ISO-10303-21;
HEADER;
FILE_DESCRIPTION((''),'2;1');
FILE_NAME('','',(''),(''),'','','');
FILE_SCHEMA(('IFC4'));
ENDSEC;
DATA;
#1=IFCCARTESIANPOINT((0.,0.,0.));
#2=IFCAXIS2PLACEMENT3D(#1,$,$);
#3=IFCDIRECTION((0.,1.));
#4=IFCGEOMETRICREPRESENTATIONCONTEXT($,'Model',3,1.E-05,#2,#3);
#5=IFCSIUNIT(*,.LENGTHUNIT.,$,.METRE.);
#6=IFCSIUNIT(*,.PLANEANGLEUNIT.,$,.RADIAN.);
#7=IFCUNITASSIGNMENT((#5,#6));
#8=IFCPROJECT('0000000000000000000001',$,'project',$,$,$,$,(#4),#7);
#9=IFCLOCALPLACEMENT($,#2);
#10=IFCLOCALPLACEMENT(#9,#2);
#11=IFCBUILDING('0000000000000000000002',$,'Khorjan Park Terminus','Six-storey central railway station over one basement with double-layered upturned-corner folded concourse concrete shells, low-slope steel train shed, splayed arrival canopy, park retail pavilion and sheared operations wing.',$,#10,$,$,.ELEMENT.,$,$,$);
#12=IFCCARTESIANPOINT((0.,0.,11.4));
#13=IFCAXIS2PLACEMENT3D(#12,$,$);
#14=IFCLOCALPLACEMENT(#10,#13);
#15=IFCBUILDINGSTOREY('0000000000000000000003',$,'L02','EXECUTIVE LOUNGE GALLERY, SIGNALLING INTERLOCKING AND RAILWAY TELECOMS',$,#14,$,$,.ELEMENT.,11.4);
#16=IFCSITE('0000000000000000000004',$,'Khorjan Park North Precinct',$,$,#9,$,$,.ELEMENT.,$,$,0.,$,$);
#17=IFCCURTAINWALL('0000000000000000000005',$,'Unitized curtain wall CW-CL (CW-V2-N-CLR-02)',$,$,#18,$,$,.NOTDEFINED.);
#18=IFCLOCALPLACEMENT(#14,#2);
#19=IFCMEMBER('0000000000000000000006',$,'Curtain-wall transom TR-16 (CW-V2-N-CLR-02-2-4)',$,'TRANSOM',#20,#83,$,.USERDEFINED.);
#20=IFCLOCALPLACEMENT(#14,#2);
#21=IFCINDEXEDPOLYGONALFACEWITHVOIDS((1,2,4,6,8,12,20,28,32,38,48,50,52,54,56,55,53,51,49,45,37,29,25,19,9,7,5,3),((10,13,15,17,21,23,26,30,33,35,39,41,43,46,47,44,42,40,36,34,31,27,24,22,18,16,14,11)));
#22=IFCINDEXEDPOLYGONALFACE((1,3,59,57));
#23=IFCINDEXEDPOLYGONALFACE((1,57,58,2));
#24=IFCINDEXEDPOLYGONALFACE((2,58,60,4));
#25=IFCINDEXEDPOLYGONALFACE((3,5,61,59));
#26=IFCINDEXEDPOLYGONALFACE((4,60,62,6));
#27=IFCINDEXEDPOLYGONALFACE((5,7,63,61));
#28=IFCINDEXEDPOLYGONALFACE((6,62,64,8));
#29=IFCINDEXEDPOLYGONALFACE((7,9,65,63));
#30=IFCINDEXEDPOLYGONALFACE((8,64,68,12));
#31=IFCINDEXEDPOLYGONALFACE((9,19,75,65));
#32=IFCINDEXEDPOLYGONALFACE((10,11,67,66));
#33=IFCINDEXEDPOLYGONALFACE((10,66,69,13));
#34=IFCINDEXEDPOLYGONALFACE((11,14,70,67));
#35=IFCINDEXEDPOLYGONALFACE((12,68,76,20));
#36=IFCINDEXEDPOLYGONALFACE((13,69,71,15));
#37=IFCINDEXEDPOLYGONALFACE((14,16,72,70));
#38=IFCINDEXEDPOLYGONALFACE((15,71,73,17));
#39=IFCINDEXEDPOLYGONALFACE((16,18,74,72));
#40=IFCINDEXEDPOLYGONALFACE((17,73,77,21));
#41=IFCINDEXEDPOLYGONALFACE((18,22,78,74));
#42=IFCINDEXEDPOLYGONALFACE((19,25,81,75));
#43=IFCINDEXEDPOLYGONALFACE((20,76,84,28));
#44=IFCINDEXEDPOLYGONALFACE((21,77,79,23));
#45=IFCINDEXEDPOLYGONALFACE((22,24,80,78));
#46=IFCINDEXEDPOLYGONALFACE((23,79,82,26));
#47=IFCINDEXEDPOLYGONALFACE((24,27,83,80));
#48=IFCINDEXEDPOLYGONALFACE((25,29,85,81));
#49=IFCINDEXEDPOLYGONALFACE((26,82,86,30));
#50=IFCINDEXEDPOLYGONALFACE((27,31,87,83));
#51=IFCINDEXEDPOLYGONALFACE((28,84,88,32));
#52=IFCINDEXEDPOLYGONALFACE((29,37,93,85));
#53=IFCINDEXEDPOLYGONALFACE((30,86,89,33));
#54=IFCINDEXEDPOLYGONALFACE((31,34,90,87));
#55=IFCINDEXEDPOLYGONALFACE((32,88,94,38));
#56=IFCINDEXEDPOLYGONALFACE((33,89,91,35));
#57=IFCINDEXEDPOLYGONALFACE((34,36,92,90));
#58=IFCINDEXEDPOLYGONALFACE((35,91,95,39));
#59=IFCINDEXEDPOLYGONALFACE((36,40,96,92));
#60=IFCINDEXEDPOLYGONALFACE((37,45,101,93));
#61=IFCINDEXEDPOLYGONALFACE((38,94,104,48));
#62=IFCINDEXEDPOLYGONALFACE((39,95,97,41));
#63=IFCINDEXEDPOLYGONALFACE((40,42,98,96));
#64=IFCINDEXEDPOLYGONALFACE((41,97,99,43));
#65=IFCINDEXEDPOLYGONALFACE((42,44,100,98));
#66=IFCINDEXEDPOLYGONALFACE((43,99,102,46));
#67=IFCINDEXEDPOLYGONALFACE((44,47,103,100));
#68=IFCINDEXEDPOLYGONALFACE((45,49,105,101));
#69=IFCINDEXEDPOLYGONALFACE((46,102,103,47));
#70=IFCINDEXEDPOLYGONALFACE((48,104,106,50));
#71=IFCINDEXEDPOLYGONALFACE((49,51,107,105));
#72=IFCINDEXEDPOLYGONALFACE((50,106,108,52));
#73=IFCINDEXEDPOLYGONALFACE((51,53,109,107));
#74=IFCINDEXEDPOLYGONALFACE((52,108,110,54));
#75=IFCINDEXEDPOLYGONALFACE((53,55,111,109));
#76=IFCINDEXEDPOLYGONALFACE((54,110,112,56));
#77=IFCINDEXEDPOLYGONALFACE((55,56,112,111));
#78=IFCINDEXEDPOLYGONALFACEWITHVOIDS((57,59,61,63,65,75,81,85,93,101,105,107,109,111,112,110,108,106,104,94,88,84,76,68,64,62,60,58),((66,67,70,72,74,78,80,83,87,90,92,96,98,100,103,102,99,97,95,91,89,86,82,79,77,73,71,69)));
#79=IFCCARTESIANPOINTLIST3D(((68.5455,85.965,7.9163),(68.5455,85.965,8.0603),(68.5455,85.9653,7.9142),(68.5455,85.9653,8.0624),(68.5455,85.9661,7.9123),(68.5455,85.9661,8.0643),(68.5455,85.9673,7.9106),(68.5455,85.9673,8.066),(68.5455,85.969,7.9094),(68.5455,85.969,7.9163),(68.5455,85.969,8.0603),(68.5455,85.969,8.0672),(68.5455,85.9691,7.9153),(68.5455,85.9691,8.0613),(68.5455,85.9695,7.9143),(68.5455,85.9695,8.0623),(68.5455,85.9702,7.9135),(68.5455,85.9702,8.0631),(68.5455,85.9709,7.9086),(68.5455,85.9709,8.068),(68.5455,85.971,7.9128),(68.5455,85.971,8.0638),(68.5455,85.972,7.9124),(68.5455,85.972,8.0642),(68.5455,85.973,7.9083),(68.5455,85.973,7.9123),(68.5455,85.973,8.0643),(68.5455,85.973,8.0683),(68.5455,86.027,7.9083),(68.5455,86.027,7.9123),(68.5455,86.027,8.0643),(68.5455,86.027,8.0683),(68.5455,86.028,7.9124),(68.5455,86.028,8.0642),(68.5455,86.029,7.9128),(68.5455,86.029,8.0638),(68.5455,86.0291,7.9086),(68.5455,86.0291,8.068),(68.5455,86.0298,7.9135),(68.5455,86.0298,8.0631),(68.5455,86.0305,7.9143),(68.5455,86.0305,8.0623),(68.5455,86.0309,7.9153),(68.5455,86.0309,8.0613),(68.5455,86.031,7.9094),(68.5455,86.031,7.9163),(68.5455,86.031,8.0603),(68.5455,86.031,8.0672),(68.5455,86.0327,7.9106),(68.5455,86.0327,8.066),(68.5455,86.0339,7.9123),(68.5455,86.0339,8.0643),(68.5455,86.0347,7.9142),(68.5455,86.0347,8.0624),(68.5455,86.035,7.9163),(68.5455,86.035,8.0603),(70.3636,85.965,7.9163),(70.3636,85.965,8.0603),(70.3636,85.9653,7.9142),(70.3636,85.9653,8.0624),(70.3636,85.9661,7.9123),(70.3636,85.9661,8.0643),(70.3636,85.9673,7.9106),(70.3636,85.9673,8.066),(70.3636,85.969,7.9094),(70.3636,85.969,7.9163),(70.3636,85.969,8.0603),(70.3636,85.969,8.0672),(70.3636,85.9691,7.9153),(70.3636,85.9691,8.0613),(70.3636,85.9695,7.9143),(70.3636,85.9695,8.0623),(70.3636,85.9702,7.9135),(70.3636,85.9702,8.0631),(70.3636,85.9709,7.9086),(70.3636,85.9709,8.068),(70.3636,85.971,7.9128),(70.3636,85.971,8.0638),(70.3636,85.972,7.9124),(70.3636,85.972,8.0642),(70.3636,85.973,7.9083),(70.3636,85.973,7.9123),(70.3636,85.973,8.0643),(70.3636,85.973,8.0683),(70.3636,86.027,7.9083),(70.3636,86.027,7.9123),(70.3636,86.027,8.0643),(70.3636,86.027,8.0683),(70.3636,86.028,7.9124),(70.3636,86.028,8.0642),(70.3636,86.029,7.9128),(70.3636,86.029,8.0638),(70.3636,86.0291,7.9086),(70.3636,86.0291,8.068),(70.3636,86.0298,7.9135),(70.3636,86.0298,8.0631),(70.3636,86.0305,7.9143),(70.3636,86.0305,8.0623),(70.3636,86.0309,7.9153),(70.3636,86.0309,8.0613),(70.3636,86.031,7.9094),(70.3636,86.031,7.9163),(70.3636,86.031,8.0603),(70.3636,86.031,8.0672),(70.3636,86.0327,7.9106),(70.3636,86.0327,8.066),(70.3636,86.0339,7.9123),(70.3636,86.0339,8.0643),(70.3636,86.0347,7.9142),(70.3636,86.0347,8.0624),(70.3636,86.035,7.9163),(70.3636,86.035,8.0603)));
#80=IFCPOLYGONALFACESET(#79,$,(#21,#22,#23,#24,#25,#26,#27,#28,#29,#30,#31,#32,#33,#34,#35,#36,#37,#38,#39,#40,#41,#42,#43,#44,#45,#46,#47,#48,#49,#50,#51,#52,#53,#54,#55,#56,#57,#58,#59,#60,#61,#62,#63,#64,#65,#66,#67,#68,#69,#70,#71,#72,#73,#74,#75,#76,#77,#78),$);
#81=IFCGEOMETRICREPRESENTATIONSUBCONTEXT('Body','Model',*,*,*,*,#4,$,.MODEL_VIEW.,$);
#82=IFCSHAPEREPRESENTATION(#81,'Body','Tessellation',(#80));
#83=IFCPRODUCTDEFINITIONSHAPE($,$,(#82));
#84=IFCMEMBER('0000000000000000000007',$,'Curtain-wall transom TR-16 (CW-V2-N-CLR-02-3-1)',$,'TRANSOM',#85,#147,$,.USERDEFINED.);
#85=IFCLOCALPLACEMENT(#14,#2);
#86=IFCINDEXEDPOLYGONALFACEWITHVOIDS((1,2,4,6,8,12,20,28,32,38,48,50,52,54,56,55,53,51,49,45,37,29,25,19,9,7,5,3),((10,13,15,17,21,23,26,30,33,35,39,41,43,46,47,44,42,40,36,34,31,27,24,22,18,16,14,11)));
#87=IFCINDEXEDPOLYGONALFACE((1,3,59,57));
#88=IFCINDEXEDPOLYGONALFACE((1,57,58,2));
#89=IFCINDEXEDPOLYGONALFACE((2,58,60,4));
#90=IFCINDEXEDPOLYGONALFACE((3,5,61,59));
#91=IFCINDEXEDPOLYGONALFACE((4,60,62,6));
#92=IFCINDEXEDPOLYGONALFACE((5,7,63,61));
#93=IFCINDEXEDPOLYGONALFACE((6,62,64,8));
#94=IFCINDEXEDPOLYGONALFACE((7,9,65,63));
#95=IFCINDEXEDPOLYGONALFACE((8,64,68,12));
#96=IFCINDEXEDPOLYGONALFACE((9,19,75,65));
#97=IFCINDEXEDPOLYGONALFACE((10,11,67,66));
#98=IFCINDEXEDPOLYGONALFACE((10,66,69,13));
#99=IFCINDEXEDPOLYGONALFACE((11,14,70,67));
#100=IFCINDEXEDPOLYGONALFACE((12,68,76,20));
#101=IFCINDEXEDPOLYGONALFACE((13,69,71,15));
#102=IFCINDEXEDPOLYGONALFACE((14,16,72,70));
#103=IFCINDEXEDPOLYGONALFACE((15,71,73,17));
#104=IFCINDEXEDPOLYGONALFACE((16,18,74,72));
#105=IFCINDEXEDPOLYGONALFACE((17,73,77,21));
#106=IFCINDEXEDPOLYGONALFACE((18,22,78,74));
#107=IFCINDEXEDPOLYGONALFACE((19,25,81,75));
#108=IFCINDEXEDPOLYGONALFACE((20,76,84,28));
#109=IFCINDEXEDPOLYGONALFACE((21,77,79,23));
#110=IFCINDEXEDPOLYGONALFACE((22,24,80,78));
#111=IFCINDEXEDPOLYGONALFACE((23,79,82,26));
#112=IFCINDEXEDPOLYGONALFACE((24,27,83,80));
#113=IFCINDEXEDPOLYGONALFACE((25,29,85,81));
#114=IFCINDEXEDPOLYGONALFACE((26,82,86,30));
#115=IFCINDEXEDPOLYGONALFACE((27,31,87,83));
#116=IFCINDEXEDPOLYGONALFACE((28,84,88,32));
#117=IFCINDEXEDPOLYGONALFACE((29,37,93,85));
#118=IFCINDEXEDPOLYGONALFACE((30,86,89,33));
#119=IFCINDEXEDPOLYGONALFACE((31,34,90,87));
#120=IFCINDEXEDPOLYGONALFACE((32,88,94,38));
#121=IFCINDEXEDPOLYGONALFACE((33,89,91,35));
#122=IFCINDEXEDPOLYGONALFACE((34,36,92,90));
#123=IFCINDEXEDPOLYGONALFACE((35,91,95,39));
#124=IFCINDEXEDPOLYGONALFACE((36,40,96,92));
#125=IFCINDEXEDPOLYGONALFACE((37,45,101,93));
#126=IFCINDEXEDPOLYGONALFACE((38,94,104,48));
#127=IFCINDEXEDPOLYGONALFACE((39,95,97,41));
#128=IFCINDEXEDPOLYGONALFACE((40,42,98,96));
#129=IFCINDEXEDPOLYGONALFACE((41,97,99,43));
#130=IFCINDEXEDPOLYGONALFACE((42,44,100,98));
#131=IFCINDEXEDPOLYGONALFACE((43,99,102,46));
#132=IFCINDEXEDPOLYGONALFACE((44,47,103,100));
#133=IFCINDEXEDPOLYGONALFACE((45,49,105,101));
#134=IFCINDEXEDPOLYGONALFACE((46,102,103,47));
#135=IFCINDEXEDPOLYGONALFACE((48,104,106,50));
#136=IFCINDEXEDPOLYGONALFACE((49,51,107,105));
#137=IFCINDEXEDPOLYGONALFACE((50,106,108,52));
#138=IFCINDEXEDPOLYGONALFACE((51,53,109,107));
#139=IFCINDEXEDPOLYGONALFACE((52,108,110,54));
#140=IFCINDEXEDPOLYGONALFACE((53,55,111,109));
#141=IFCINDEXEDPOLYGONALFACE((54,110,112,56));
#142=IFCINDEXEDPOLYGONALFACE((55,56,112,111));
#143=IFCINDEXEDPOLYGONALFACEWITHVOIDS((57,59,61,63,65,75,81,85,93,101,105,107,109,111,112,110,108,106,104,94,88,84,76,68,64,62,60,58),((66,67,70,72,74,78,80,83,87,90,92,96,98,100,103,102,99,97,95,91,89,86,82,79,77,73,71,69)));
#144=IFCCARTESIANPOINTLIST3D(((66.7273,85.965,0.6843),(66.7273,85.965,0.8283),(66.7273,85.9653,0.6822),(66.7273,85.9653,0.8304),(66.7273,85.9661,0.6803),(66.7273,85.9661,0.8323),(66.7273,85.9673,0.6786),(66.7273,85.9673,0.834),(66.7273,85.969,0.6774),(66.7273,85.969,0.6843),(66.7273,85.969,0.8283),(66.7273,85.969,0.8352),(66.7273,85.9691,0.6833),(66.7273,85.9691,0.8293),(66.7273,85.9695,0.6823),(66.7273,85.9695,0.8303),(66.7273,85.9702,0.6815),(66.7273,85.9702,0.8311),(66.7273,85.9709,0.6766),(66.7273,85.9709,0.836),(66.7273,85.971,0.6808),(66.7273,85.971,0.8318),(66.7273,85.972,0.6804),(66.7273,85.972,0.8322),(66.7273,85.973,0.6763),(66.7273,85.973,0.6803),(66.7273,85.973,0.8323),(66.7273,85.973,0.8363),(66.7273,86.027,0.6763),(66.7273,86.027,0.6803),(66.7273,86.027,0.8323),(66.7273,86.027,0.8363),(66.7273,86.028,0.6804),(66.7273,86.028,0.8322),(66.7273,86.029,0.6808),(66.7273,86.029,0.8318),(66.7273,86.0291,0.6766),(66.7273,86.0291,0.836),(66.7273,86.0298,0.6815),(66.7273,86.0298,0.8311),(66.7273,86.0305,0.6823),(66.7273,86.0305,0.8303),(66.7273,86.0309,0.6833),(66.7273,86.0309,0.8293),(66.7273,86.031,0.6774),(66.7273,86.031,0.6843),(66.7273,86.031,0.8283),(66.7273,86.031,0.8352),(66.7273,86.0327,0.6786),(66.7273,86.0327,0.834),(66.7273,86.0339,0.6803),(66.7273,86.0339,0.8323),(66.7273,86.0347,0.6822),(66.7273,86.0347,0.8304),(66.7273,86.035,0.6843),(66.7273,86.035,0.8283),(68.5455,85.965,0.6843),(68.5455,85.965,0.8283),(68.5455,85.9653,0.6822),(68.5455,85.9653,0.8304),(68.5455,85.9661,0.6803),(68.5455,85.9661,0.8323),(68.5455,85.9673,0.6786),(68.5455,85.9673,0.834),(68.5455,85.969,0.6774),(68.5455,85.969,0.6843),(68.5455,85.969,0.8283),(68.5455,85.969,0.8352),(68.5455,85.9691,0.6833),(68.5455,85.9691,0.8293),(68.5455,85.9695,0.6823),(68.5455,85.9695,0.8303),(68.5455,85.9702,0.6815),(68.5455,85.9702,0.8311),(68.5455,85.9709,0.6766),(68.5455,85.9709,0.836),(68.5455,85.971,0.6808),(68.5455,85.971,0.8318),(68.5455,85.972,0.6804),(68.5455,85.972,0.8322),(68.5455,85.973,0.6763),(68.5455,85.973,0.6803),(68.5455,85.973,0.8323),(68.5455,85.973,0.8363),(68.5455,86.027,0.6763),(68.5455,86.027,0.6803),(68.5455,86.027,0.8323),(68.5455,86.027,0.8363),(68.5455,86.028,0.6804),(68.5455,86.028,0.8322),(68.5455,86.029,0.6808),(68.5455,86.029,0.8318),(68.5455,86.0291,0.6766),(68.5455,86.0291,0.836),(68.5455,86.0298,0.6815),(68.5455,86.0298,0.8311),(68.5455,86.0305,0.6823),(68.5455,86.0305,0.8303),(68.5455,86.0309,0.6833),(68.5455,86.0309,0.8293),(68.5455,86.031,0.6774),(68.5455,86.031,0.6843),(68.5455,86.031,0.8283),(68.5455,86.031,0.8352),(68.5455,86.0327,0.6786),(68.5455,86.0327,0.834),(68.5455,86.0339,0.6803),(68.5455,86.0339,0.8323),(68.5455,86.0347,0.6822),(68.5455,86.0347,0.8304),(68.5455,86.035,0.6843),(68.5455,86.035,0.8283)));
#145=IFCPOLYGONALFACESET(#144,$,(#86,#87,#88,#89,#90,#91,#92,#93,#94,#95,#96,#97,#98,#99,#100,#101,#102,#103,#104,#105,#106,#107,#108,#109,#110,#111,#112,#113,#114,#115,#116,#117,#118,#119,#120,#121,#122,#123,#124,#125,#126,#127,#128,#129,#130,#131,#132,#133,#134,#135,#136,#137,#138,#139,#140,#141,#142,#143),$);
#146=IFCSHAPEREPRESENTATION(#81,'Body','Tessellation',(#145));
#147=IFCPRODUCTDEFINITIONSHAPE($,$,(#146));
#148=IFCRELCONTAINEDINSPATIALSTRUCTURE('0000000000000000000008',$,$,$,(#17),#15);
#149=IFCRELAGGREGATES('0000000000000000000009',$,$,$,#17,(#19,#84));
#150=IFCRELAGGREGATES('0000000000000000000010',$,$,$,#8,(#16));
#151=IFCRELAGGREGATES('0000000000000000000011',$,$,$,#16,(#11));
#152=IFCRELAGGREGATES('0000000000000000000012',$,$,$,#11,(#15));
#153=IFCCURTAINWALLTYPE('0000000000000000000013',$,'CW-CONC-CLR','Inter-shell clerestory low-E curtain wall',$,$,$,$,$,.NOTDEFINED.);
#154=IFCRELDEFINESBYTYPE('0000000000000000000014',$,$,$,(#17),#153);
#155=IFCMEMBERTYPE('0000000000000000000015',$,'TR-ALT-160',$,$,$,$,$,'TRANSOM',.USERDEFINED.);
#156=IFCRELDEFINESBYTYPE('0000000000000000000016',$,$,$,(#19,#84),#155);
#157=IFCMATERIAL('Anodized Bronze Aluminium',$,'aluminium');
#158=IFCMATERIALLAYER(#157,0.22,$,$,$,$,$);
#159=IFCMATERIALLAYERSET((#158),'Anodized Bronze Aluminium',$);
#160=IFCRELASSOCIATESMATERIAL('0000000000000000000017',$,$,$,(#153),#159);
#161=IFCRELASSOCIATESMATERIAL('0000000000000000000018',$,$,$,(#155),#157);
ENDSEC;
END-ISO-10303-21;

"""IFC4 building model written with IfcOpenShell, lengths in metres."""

from ifc_helpers import new_model, si_unit, direction, frame, origin, origin_2d, place, context, subcontext, project, spatial, hollow_rectangle, extrude, material, layer, layer_set, material_profile, profile_set, type_object, element, aggregate, save


model = new_model("IFC4")

# Units and contexts
model_context = context("Model", 3, precision=1e-05, world=origin(), true_north=direction((0.0, 1.0)))
body_context = subcontext(model_context, "Body", "Model", "MODEL_VIEW")
ifc_project = project(units=[si_unit("LENGTHUNIT", "METRE"), si_unit("PLANEANGLEUNIT", "RADIAN")], contexts=[model_context])

# Site, building, storey
site_placement = place(None, origin())
site = spatial("IfcSite", under=ifc_project, at=site_placement, Name="Khorjan Park North Precinct", CompositionType="ELEMENT", RefElevation=0.0)
building_placement = place(site_placement, origin())
building = spatial("IfcBuilding", under=site, at=building_placement, Name="Khorjan Park Terminus", Description="Six-storey central railway station over one basement with double-layered upturned-corner folded concourse concrete shells, low-slope steel train shed, splayed arrival canopy, park retail pavilion and sheared operations wing.", CompositionType="ELEMENT")
storey_placement = place(building_placement, frame((0.0, 0.0, 11.4)))
storey = spatial("IfcBuildingStorey", under=building, at=storey_placement, Name="L02", Description="EXECUTIVE LOUNGE GALLERY, SIGNALLING INTERLOCKING AND RAILWAY TELECOMS", CompositionType="ELEMENT", Elevation=11.4)

# Curtain wall, members
ifc_material_1 = material(Name="Anodized Bronze Aluminium", Category="aluminium")
ifc_layer_1 = layer(ifc_material_1, 0.22)
ifc_layer_set_1 = layer_set([ifc_layer_1], Name="Anodized Bronze Aluminium")
curtain_wall_type = type_object("IfcCurtainWallType", Name="CW-CONC-CLR", Description="Inter-shell clerestory low-E curtain wall", PredefinedType="NOTDEFINED", material=ifc_layer_set_1)
curtain_wall_placement = place(storey_placement, origin())
curtain_wall = element("IfcCurtainWall", 1, at=curtain_wall_placement, inside=storey, type_object=curtain_wall_type, Name="Unitized curtain wall CW-CL (CW-V2-N-CLR-02)", PredefinedType="NOTDEFINED")
ifc_material_profile_1 = material_profile(ifc_material_1, hollow_rectangle(XDim=0.07, YDim=0.16, WallThickness=0.004, InnerFilletRadius=0.004, OuterFilletRadius=0.008, at=origin_2d()), Name="ALT 70x160x4")
ifc_profile_set_1 = profile_set([ifc_material_profile_1], Name="Anodized Bronze Aluminium")
member_type_1 = type_object("IfcMemberType", Name="TR-ALT-160", ElementType="TRANSOM", PredefinedType="USERDEFINED", material=ifc_profile_set_1)
member_1_placement = place(storey_placement, frame((70.3636, 86.0, 7.9883), z_axis=(-1.0, 0.0, 0.0), x_axis=(0.0, -1.0, 0.0)))
member_1 = element("IfcMember", 2, at=member_1_placement, type_object=member_type_1, Name="Curtain-wall transom TR-16 (CW-V2-N-CLR-02-2-4)", ObjectType="TRANSOM", PredefinedType="USERDEFINED", context=body_context, shape_type="SweptSolid", body=[
    extrude(hollow_rectangle(XDim=0.07, YDim=0.16, WallThickness=0.004, InnerFilletRadius=0.004, OuterFilletRadius=0.008, at=origin_2d()), origin(), (0.0, 0.0, 1.0), 1.8181),
])
member_2_placement = place(storey_placement, frame((68.5455, 86.0, 0.7563), z_axis=(-1.0, 0.0, 0.0), x_axis=(0.0, -1.0, 0.0)))
member_2 = element("IfcMember", 3, at=member_2_placement, type_object=member_type_1, Name="Curtain-wall transom TR-16 (CW-V2-N-CLR-02-3-1)", ObjectType="TRANSOM", PredefinedType="USERDEFINED", context=body_context, shape_type="SweptSolid", body=[
    extrude(hollow_rectangle(XDim=0.07, YDim=0.16, WallThickness=0.004, InnerFilletRadius=0.004, OuterFilletRadius=0.008, at=origin_2d()), origin(), (0.0, 0.0, 1.0), 1.8182),
])

aggregate(curtain_wall, [member_1, member_2])

save(model, "model.ifc")
